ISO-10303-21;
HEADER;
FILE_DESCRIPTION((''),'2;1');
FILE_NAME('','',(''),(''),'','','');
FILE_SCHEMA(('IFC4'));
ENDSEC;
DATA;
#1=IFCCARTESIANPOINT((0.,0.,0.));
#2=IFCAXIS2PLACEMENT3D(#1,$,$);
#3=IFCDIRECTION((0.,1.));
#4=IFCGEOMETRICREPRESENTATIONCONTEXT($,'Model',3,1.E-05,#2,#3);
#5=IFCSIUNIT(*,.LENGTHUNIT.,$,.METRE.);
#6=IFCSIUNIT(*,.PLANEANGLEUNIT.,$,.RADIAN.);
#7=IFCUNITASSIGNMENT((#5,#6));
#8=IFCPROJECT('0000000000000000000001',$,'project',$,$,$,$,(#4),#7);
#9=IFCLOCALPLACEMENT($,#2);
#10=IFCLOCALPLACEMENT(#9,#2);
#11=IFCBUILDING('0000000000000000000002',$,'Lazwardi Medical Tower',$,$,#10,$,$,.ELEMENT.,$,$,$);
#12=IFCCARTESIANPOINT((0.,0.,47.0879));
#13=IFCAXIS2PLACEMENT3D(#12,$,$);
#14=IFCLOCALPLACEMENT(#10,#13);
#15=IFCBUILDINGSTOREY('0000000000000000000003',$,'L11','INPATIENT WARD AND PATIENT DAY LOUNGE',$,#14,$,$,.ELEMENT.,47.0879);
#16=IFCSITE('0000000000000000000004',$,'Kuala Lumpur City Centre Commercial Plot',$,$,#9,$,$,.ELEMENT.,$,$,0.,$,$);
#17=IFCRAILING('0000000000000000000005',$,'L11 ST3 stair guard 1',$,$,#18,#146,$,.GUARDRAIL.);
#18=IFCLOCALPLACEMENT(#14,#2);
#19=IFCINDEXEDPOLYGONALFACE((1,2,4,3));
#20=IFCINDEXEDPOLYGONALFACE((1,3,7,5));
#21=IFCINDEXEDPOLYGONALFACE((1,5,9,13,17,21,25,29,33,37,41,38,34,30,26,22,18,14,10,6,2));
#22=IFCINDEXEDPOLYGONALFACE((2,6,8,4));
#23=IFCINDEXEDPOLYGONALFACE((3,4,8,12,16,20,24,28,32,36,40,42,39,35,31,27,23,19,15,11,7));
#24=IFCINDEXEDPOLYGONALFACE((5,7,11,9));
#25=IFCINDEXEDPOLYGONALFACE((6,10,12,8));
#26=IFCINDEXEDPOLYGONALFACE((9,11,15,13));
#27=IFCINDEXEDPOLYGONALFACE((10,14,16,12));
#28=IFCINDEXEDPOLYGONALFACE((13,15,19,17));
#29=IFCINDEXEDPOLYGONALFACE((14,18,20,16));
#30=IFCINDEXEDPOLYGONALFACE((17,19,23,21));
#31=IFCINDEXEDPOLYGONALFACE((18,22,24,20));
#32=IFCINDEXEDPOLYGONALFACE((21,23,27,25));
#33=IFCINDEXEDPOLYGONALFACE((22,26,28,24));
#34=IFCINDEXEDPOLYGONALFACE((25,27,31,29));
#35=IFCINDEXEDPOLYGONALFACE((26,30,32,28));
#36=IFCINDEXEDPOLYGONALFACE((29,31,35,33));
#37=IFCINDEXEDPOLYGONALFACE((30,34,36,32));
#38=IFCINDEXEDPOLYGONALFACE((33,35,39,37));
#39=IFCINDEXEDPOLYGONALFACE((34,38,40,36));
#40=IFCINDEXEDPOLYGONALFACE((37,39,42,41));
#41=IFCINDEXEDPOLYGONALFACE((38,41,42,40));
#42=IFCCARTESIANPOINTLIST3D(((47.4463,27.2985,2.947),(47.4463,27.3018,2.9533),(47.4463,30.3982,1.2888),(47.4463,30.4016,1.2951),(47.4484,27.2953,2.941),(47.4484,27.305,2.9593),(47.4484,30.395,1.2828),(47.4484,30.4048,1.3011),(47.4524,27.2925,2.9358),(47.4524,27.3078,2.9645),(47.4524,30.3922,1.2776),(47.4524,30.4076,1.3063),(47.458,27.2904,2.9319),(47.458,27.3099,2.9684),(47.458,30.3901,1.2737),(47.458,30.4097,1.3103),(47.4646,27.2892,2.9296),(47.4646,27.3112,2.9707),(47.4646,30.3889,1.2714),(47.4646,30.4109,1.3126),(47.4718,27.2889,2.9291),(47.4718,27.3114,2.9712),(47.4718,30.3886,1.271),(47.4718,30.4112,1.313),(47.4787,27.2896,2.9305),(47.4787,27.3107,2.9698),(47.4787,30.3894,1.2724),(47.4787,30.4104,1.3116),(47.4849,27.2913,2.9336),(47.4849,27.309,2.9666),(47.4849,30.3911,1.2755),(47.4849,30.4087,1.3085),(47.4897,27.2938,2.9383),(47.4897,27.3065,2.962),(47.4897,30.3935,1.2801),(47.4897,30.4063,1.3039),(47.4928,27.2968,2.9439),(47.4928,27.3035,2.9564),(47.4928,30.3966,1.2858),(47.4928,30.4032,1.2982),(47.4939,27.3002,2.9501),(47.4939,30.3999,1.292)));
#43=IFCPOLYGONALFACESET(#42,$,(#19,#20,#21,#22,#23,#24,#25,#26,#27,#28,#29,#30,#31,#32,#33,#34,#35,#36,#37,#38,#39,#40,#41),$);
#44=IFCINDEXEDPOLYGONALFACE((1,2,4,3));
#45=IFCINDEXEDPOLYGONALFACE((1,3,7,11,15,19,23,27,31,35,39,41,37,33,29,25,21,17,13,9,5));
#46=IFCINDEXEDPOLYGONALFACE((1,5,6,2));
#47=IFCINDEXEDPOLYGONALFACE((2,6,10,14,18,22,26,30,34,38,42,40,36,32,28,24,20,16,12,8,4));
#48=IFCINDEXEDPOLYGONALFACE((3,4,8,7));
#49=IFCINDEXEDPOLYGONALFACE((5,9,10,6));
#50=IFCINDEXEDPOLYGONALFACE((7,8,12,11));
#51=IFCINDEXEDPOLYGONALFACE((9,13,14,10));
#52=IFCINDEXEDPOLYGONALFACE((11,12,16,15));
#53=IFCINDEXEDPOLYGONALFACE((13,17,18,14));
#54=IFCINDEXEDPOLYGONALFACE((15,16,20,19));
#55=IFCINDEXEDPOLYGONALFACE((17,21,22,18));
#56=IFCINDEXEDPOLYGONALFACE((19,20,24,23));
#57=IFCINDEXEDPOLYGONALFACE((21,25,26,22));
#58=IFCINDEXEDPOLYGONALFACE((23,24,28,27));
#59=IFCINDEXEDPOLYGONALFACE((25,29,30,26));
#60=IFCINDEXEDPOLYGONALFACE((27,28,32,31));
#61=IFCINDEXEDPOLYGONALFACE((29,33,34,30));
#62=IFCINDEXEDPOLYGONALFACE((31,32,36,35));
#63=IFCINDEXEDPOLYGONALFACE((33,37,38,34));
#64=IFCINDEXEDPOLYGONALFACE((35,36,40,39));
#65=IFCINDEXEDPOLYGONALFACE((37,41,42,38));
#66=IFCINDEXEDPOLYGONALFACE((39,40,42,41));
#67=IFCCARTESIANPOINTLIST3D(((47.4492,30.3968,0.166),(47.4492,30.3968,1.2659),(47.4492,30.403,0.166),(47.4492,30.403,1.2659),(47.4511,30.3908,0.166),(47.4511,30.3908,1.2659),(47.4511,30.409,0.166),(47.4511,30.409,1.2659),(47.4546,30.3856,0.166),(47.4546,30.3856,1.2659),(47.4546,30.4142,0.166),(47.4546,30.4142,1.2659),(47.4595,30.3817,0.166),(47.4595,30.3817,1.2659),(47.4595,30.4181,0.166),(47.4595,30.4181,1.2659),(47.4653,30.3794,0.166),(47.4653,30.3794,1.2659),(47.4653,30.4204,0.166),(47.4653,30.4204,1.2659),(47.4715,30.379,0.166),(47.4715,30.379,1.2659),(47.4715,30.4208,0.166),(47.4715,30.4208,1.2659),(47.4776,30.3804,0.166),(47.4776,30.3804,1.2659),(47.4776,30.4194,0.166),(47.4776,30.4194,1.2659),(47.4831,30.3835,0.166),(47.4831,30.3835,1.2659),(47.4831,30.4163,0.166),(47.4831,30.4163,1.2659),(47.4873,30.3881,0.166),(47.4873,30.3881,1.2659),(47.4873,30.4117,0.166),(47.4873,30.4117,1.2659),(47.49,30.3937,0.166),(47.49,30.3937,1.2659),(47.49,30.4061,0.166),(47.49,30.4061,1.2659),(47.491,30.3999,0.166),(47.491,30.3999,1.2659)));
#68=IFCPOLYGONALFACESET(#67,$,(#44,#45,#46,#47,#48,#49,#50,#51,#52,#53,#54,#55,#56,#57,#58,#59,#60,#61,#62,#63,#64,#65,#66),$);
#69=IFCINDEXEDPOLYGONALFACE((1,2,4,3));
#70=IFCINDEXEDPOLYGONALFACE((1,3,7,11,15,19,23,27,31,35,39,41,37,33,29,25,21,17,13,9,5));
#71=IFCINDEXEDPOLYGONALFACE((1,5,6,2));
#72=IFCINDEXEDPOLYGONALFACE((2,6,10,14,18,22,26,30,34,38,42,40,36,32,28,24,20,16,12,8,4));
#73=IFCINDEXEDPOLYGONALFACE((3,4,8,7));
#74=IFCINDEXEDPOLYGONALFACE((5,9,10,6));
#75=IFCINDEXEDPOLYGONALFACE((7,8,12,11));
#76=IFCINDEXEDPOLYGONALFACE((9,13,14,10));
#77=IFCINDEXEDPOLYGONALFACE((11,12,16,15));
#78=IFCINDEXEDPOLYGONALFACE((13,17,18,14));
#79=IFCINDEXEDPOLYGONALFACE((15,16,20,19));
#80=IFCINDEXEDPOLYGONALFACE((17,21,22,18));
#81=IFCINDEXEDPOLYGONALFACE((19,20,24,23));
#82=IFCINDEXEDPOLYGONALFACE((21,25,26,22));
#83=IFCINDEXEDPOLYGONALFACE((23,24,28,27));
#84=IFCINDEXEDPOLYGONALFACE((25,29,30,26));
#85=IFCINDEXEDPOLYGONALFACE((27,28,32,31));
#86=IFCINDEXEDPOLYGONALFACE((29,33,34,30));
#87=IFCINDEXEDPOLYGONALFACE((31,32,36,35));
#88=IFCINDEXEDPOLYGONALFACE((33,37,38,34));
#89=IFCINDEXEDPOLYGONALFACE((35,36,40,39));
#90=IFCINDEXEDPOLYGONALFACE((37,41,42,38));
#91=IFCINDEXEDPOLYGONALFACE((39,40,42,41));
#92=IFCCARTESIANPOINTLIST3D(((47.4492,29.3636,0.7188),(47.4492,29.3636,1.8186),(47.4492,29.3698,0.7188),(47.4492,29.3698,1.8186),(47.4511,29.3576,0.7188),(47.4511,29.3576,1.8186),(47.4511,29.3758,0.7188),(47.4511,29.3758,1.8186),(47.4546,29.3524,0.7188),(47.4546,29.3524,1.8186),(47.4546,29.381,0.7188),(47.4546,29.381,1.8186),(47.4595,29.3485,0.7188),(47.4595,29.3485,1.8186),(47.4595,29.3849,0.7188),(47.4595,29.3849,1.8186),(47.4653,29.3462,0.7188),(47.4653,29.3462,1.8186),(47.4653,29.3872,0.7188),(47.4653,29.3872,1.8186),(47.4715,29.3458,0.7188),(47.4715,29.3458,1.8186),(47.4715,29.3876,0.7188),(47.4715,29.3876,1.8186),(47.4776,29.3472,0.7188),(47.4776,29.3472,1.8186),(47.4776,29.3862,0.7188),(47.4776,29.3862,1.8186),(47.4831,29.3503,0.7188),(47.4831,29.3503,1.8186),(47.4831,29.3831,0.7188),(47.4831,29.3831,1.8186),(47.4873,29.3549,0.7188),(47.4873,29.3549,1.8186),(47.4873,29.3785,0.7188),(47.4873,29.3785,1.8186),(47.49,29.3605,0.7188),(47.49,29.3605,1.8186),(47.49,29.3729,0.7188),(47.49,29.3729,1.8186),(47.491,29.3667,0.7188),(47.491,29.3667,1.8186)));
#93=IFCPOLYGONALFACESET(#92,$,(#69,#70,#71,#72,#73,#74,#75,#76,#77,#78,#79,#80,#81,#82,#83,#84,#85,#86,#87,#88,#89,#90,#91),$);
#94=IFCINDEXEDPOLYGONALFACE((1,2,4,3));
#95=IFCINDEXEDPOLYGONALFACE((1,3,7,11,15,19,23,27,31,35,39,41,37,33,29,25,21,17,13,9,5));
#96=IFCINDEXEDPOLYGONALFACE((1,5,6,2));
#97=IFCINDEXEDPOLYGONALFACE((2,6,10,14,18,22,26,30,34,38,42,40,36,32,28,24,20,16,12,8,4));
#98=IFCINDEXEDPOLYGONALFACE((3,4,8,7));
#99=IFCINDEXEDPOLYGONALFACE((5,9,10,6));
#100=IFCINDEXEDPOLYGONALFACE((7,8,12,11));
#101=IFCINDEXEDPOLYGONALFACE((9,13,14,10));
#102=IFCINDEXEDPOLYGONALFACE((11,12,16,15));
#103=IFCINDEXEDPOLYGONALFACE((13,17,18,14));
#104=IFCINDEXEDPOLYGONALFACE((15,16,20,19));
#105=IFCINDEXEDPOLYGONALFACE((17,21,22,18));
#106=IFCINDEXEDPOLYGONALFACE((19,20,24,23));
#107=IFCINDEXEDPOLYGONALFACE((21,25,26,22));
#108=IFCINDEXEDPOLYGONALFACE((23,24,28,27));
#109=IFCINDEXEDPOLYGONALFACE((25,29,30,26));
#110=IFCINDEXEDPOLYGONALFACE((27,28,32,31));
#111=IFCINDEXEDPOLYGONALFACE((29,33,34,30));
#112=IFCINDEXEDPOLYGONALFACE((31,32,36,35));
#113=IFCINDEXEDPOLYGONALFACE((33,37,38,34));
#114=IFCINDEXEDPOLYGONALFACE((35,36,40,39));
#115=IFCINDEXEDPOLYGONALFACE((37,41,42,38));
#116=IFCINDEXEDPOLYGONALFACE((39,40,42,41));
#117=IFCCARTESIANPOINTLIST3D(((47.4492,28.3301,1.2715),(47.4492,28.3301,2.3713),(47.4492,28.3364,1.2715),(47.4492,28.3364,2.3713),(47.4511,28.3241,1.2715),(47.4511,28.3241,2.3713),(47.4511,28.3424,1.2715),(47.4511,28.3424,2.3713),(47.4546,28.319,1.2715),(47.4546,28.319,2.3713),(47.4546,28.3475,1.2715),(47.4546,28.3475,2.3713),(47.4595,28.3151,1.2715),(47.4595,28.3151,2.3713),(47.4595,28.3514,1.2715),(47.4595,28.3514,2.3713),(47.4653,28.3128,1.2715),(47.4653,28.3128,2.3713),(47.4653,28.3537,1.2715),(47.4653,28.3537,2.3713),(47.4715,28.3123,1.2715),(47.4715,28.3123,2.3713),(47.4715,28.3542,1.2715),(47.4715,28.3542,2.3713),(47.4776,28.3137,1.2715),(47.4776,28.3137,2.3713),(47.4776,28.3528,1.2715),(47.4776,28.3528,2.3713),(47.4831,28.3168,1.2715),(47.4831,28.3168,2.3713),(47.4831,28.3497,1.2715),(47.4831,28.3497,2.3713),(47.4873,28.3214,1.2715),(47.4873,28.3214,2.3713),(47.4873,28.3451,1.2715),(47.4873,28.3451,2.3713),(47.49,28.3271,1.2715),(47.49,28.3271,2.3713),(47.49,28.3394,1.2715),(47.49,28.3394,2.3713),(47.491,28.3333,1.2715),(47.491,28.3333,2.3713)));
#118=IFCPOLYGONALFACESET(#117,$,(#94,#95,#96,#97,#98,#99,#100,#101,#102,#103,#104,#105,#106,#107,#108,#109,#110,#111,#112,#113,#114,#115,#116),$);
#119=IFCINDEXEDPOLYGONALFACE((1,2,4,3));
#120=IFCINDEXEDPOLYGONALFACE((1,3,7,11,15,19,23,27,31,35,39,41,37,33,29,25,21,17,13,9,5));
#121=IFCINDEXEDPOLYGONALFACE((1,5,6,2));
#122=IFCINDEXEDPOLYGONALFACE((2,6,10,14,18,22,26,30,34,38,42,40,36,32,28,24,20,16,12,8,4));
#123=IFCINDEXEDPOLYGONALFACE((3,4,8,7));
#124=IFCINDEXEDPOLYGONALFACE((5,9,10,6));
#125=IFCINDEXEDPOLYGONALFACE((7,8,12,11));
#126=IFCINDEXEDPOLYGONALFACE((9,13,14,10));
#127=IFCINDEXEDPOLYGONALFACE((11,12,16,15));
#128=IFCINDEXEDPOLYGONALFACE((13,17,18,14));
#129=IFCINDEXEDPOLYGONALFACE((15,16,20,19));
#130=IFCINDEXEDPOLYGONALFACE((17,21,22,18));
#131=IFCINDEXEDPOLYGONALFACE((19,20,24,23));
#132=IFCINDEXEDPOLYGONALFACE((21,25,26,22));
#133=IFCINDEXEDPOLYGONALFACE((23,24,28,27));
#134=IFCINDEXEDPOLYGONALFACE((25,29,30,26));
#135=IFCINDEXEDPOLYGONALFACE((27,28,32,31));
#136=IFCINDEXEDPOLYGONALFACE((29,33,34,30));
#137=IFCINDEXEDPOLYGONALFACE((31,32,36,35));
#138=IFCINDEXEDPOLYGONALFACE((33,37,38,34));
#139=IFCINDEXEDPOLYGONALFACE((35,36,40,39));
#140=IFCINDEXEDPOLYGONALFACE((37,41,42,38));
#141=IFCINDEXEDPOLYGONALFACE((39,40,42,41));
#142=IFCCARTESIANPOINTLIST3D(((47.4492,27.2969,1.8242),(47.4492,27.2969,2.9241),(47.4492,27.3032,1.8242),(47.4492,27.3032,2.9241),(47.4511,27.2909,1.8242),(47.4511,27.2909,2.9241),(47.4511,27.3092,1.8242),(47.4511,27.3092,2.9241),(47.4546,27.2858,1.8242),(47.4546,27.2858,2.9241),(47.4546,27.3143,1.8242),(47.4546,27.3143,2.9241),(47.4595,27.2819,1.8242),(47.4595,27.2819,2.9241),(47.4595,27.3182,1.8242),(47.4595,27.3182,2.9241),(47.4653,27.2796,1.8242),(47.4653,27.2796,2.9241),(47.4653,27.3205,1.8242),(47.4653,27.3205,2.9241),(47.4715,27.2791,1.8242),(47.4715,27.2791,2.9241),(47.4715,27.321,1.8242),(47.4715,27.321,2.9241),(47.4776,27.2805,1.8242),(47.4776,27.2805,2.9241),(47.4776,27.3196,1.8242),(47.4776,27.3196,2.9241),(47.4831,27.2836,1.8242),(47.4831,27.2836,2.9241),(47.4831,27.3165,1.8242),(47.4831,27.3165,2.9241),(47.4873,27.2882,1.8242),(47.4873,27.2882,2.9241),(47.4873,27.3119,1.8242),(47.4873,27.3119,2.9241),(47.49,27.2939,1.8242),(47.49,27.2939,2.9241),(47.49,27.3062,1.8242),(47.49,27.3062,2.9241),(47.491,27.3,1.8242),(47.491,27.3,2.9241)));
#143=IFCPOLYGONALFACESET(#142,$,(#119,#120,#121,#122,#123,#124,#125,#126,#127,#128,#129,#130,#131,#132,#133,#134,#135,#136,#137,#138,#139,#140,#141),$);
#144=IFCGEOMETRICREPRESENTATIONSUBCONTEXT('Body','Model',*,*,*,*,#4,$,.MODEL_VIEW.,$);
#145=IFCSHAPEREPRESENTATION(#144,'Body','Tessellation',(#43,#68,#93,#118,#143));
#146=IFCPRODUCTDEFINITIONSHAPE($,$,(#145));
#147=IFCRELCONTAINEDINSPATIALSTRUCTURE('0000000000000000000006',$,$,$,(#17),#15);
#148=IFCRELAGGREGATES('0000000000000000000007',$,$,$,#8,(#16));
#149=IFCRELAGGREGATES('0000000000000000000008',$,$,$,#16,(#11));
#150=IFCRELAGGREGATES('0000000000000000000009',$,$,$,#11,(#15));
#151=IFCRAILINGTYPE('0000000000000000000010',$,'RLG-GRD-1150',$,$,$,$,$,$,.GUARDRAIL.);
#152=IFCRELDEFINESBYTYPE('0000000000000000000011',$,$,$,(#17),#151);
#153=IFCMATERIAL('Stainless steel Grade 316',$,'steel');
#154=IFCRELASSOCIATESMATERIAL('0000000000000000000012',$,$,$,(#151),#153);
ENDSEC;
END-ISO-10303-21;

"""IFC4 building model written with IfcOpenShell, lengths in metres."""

from ifc_helpers import new_model, si_unit, direction, frame, origin, origin_2d, place, context, subcontext, project, spatial, circle, extrude, material, type_object, element, save


model = new_model("IFC4")

# Units and contexts
model_context = context("Model", 3, precision=1e-05, world=origin(), true_north=direction((0.0, 1.0)))
body_context = subcontext(model_context, "Body", "Model", "MODEL_VIEW")
ifc_project = project(units=[si_unit("LENGTHUNIT", "METRE"), si_unit("PLANEANGLEUNIT", "RADIAN")], contexts=[model_context])

# Site, building, storey
site_placement = place(None, origin())
site = spatial("IfcSite", under=ifc_project, at=site_placement, Name="Kuala Lumpur City Centre Commercial Plot", CompositionType="ELEMENT", RefElevation=0.0)
building_placement = place(site_placement, origin())
building = spatial("IfcBuilding", under=site, at=building_placement, Name="Lazwardi Medical Tower", CompositionType="ELEMENT")
storey_placement = place(building_placement, frame((0.0, 0.0, 47.0879)))
storey = spatial("IfcBuildingStorey", under=building, at=storey_placement, Name="L11", Description="INPATIENT WARD AND PATIENT DAY LOUNGE", CompositionType="ELEMENT", Elevation=47.0879)

# Railing
ifc_material_1 = material(Name="Stainless steel Grade 316", Category="steel")
railing_type_1 = type_object("IfcRailingType", Name="RLG-GRD-1150", PredefinedType="GUARDRAIL", material=ifc_material_1)
railing_1_placement = place(storey_placement, frame((47.47, 30.3999, 0.166)))
element("IfcRailing", 1, at=railing_1_placement, inside=storey, type_object=railing_type_1, Name="L11 ST3 stair guard 1", PredefinedType="GUARDRAIL", context=body_context, shape_type="SweptSolid", body=[
    extrude(circle(Radius=0.0239, at=origin_2d()), frame((0.0, 0.0, 1.126), z_axis=(0.0, -0.881768, 0.471684), x_axis=(1.0, 0.0, 0.0)), (0.0, 0.0, 1.0), 3.5154),
    extrude(circle(Radius=0.021, at=origin_2d()), origin(), (0.0, 0.0, 1.0), 1.0999),
    extrude(circle(Radius=0.021, at=origin_2d()), frame((0.0, -1.0332, 0.5527)), (0.0, 0.0, 1.0), 1.0999),
    extrude(circle(Radius=0.021, at=origin_2d()), frame((0.0, -2.0667, 1.1055)), (0.0, 0.0, 1.0), 1.0999),
    extrude(circle(Radius=0.021, at=origin_2d()), frame((0.0, -3.0999, 1.6582)), (0.0, 0.0, 1.0), 1.0999),
])

save(model, "model.ifc")
